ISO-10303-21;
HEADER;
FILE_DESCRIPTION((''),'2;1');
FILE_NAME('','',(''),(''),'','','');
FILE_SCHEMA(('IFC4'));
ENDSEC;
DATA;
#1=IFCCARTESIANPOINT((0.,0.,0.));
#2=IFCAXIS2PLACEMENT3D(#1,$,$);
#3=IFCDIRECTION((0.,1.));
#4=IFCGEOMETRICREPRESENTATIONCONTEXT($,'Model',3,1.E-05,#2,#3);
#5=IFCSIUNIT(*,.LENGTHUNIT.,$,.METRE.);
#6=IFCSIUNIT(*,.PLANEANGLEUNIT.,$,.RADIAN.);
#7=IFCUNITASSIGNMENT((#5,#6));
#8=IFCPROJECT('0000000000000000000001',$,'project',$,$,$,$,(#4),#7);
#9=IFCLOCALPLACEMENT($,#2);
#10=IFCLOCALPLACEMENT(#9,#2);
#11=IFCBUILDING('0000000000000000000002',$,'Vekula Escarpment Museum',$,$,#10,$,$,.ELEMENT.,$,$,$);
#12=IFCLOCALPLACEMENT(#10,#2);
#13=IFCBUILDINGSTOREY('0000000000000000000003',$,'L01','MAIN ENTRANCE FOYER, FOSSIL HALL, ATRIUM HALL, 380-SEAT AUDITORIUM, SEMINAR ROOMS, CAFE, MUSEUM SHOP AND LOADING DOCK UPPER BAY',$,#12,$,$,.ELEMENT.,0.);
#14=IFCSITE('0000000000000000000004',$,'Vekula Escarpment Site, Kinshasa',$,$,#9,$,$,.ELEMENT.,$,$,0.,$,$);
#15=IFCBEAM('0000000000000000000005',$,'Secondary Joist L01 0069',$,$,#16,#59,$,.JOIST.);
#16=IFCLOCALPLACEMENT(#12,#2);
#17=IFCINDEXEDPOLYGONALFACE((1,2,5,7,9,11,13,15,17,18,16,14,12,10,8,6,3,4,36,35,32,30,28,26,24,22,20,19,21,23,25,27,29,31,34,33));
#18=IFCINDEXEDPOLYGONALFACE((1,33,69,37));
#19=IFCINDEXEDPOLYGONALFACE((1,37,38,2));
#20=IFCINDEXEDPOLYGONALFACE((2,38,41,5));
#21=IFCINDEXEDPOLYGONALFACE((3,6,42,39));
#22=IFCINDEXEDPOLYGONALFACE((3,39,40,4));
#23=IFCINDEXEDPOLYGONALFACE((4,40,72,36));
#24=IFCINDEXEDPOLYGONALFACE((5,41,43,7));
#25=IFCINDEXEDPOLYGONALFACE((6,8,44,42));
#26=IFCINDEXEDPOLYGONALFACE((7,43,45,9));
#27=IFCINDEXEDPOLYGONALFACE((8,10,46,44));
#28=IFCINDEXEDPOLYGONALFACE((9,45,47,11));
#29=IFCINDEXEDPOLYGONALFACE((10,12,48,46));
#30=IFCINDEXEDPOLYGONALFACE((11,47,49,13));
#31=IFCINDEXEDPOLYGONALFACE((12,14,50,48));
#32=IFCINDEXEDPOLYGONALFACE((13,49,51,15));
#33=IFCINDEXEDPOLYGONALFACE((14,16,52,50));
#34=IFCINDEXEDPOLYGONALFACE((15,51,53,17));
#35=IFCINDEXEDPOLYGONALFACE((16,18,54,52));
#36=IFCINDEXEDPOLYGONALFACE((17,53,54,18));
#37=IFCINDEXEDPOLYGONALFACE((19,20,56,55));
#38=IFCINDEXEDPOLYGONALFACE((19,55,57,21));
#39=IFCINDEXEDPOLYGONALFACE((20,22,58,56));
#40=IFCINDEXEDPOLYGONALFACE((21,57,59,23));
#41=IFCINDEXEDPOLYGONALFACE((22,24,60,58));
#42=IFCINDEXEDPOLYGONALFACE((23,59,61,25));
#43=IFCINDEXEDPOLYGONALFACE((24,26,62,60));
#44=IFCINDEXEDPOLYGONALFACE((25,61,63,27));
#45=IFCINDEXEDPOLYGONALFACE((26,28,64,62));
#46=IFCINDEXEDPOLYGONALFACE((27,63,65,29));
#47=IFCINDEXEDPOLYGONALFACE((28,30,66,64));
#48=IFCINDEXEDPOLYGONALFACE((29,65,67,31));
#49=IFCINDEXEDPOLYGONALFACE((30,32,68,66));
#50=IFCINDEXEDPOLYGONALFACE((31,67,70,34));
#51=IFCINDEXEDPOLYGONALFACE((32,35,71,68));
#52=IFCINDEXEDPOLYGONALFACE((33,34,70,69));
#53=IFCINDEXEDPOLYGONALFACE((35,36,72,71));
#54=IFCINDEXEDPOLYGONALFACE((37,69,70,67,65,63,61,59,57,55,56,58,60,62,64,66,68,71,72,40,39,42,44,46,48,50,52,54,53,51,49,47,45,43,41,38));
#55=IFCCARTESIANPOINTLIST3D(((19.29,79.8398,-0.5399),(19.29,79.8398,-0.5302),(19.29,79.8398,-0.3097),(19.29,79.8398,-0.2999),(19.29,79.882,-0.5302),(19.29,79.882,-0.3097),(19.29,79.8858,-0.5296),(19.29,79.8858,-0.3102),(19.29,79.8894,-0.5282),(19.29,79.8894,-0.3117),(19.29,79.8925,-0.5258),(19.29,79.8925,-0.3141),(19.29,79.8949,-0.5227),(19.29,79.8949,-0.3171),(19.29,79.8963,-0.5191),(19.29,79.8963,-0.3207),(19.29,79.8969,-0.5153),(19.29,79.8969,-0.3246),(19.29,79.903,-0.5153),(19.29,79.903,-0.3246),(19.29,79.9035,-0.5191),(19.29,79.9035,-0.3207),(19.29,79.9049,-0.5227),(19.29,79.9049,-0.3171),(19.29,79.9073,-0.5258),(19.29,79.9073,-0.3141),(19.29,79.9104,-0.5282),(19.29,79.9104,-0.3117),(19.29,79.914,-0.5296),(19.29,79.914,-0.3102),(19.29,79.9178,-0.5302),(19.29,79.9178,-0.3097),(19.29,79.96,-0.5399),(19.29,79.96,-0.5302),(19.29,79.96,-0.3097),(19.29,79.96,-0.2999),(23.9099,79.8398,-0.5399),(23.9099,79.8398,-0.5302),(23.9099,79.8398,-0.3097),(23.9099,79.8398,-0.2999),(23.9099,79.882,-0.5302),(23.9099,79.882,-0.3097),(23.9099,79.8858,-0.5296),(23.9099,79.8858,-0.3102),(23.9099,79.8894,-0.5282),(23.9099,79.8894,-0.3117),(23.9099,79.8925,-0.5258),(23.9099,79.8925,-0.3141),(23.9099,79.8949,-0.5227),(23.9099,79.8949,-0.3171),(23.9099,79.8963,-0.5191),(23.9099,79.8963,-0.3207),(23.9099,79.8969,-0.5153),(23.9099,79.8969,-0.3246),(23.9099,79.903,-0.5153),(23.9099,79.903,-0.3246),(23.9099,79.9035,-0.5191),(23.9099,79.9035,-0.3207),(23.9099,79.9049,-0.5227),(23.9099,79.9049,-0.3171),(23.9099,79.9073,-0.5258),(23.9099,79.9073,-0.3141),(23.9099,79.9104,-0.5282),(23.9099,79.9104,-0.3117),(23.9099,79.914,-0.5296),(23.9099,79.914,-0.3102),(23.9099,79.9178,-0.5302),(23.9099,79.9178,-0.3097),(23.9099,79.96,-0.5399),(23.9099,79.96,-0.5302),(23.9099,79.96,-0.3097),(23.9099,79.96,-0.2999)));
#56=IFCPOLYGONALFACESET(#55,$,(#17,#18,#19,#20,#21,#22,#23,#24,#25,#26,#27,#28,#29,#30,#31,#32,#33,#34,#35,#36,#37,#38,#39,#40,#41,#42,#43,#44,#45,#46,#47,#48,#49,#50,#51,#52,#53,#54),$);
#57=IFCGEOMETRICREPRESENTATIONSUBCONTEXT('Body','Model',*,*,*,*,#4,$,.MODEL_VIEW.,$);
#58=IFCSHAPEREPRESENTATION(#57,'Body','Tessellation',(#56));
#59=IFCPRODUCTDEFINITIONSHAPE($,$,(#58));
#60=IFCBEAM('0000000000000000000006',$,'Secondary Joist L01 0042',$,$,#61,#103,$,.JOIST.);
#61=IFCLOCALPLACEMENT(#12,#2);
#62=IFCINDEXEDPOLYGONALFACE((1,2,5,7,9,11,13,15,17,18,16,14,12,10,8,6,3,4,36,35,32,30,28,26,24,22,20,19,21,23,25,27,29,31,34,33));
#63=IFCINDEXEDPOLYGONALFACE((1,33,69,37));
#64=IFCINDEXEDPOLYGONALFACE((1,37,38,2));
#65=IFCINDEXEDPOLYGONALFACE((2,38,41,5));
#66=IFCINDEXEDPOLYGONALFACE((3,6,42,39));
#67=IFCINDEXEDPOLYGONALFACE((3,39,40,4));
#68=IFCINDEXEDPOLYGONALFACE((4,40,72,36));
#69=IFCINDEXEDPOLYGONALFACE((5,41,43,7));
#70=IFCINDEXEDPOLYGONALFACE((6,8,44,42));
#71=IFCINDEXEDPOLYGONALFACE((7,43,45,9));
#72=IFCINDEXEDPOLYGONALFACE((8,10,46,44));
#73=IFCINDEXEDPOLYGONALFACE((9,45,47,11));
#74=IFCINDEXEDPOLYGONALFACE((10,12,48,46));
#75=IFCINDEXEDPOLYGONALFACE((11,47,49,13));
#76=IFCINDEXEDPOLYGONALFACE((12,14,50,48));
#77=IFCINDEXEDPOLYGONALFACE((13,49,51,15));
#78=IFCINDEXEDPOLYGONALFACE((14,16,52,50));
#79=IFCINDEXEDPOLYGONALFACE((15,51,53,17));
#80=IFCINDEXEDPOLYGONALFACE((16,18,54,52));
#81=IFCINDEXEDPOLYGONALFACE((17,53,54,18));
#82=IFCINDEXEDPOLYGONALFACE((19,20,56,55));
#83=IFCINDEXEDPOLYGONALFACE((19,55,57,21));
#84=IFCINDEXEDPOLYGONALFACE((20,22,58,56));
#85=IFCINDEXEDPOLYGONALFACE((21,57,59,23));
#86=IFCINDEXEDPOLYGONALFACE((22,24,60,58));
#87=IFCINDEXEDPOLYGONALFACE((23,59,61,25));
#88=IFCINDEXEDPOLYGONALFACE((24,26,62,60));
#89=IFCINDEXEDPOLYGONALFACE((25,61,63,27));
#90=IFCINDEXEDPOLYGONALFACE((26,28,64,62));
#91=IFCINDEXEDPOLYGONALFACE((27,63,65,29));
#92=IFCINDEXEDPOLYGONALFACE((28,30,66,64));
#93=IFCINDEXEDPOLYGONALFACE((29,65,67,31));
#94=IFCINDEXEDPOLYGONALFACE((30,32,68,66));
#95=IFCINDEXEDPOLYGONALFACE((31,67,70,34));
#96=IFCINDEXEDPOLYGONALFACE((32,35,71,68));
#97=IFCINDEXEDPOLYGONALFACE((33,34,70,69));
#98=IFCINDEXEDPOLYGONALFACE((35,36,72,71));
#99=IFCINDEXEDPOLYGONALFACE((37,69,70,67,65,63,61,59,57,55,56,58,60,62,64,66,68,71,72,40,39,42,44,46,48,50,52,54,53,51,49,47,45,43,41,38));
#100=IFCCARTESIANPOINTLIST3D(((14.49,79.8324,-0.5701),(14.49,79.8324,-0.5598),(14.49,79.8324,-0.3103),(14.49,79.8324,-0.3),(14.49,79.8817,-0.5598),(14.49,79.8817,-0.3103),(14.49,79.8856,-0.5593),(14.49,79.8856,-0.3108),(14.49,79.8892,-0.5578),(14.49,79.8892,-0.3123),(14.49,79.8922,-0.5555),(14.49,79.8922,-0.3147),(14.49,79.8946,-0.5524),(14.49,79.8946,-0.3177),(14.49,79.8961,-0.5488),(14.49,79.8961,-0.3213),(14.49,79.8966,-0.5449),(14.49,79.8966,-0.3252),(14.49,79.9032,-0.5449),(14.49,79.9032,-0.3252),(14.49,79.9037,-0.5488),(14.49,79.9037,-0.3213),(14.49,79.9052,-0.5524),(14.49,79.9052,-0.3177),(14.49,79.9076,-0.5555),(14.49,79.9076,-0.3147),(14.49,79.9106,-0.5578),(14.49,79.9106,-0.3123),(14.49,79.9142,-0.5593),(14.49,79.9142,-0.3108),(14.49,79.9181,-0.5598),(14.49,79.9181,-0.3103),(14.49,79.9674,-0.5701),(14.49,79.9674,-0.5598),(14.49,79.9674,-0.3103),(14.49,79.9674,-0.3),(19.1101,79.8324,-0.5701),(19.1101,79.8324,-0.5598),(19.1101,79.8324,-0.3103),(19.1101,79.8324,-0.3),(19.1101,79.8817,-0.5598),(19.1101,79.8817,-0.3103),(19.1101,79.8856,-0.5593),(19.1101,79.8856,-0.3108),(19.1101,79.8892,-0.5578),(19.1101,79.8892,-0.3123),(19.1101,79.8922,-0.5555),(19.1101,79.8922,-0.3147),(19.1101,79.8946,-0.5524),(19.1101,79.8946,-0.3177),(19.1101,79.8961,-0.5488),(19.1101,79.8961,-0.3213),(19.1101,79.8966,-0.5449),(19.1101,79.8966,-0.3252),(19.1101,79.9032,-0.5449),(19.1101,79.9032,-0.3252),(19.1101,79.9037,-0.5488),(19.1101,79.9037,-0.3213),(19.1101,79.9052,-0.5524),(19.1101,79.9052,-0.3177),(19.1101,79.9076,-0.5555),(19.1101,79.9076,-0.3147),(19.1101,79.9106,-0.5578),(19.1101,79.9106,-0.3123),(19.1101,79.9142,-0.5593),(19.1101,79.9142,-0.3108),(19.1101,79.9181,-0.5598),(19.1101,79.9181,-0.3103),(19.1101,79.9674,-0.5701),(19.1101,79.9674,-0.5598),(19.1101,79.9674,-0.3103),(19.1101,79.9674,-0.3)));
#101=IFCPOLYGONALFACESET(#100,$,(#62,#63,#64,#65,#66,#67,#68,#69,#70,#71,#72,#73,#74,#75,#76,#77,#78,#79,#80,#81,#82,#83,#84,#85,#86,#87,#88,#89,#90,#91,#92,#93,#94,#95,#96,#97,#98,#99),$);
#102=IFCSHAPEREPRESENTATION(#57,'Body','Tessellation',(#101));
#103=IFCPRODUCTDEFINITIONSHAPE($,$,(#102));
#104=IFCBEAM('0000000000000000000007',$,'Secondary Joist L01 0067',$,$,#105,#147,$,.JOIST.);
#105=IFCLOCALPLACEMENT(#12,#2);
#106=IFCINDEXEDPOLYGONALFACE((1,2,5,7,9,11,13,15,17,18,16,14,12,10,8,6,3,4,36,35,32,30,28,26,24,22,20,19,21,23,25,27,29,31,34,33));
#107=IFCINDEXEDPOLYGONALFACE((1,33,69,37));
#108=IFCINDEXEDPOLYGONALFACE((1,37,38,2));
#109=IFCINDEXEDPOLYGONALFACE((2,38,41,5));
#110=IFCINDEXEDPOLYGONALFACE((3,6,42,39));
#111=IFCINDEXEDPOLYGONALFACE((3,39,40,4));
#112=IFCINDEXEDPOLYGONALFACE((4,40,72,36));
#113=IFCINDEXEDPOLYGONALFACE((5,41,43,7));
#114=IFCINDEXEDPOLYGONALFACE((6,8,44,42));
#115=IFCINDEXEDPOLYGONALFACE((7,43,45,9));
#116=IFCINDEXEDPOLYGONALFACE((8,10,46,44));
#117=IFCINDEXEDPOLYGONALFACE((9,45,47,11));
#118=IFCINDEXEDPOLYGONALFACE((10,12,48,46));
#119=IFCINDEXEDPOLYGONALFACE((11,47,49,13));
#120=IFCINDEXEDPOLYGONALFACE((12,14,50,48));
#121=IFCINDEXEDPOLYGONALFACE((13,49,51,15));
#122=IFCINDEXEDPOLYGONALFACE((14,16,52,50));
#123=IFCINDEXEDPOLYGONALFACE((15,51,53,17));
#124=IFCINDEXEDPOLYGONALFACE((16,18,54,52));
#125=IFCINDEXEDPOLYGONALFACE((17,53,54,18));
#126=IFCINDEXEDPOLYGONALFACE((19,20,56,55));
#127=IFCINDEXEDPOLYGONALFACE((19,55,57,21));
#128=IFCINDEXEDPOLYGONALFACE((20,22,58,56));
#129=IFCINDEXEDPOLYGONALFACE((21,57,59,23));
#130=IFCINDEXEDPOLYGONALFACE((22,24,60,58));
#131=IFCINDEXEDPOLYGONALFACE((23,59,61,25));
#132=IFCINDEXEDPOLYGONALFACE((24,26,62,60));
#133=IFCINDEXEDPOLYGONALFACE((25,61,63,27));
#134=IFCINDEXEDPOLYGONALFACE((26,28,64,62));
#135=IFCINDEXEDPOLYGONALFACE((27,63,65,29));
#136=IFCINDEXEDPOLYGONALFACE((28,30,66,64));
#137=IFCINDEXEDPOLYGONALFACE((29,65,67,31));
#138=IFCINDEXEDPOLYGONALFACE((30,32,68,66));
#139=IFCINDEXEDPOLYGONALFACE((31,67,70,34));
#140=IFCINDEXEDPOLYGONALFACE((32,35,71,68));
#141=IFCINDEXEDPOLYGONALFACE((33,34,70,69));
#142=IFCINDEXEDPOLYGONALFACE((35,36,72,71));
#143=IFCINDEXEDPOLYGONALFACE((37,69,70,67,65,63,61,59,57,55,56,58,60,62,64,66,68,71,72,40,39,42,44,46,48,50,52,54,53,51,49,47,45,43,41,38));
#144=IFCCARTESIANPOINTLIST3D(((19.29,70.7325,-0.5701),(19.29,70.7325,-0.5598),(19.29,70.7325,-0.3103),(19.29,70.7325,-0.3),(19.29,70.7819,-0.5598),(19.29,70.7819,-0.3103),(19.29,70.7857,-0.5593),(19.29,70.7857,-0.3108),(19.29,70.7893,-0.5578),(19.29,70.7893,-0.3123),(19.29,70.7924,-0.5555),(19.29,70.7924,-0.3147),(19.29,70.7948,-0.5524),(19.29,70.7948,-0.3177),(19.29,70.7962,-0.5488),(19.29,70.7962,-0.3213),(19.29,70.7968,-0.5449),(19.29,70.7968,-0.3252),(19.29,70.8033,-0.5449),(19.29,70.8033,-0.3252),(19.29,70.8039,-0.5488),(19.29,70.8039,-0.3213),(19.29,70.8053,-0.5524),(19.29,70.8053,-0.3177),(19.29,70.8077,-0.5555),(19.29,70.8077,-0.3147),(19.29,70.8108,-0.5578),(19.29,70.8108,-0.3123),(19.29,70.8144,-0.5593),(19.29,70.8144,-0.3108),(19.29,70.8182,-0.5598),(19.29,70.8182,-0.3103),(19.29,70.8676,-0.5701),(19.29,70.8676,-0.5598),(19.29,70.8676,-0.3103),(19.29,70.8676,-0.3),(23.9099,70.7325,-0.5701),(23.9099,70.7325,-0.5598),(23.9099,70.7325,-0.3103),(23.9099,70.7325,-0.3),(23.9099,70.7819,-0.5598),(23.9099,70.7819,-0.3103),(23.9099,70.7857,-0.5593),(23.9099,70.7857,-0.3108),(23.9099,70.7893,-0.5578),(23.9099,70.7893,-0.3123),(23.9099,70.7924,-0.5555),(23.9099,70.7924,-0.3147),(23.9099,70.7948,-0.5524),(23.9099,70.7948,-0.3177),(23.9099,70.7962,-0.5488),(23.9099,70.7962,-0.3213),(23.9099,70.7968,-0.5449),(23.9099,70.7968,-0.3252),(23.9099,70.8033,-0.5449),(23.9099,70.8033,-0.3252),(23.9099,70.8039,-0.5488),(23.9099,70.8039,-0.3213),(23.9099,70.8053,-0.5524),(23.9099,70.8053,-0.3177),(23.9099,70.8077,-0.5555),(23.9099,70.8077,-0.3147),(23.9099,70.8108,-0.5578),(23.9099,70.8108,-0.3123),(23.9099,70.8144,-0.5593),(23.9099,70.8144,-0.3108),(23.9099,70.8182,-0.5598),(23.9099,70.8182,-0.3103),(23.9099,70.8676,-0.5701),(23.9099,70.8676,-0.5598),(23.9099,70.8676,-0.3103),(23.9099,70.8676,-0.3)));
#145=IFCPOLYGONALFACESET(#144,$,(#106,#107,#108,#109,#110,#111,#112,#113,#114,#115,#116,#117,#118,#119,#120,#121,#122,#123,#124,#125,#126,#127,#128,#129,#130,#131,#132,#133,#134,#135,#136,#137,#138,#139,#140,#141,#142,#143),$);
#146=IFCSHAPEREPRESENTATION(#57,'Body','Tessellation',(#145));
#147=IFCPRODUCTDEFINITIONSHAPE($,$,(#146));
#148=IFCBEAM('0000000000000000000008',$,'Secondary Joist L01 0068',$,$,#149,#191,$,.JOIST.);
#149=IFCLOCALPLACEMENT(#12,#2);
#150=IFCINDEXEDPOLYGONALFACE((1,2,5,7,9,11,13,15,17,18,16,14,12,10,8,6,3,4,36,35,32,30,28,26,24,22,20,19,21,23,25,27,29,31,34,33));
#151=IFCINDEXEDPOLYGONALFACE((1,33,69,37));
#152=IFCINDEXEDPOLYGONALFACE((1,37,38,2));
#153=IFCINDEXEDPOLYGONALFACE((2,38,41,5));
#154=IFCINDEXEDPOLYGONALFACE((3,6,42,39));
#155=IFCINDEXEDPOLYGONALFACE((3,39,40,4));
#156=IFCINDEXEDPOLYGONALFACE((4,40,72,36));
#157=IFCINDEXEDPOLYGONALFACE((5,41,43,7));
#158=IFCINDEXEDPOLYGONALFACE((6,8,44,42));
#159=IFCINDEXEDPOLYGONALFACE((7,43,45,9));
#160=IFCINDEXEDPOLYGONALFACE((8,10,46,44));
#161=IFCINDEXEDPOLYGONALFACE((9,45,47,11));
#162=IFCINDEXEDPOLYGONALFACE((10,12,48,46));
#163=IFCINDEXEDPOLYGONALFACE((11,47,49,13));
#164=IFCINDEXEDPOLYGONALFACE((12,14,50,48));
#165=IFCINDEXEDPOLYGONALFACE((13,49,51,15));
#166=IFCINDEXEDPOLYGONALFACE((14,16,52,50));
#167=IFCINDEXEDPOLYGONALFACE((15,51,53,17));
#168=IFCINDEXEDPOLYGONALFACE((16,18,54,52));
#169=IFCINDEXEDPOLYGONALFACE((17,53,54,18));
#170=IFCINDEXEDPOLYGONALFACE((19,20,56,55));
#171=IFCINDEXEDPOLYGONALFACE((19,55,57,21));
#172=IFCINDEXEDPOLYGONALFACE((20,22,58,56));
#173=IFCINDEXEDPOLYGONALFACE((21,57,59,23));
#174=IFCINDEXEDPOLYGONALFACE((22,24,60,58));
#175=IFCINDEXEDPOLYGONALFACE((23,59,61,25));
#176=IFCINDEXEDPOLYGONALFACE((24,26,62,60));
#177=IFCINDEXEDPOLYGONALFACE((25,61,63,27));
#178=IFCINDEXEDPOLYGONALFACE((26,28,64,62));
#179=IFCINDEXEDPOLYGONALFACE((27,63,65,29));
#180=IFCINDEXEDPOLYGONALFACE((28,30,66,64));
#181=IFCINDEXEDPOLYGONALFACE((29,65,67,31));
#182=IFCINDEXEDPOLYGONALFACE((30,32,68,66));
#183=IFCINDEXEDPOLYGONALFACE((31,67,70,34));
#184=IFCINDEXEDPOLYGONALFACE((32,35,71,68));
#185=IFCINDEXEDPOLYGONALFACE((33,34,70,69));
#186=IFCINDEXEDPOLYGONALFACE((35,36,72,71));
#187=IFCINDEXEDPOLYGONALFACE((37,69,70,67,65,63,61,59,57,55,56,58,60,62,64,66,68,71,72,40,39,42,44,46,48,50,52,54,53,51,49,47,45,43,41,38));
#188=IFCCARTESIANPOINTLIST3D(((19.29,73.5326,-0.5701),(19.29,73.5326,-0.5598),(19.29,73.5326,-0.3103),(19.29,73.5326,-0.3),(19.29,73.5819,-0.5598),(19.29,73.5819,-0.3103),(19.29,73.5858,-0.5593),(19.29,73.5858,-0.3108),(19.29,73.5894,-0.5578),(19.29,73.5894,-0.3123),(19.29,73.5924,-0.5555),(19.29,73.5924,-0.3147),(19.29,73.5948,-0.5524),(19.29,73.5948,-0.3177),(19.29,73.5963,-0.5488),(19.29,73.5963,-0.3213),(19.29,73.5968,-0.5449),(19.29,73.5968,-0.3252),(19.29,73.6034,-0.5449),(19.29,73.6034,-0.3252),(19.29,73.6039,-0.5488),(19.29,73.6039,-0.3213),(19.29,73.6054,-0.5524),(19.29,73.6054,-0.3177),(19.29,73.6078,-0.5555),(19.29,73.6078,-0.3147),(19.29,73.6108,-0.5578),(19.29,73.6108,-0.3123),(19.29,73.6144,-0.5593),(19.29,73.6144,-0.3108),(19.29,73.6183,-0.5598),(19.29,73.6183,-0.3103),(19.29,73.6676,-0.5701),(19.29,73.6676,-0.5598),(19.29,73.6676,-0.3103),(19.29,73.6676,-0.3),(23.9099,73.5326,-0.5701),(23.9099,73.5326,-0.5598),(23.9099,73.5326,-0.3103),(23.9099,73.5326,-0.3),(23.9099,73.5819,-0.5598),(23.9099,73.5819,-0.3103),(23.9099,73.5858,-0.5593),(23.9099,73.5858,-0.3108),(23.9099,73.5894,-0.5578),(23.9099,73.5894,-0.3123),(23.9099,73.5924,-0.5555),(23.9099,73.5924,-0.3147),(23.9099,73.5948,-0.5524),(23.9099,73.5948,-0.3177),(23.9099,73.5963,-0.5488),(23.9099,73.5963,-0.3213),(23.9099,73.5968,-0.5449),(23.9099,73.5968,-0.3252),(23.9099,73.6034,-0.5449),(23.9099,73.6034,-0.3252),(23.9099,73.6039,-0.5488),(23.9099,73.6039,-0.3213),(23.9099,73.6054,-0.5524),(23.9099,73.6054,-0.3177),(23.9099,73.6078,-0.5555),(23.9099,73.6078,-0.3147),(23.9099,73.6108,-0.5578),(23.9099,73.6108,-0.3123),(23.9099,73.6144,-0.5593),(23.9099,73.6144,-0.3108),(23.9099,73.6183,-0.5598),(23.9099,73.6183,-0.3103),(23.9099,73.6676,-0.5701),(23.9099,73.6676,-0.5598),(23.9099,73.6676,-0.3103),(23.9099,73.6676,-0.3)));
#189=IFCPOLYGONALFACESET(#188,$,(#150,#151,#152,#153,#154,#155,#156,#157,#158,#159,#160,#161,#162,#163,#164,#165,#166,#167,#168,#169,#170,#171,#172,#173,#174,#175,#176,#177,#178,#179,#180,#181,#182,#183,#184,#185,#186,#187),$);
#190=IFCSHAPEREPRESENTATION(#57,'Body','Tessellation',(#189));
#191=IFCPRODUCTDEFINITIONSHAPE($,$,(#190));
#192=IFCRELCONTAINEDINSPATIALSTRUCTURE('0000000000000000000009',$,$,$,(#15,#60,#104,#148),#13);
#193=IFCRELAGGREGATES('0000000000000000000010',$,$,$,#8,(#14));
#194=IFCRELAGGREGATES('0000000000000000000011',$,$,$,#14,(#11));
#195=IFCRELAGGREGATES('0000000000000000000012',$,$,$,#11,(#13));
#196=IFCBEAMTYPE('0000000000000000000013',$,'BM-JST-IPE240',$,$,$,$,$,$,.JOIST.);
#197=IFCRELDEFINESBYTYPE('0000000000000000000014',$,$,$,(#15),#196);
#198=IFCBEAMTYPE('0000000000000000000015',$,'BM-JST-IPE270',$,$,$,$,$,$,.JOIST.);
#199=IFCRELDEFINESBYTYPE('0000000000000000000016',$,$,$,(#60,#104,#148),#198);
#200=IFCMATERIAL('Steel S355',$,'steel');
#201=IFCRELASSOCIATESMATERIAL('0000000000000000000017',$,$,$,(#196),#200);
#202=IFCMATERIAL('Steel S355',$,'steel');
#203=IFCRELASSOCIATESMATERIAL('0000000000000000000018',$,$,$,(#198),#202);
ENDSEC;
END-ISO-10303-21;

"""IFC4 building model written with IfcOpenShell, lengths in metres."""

from ifc_helpers import new_model, si_unit, direction, frame, origin, origin_2d, place, context, subcontext, project, spatial, i_section, extrude, material, material_profile, profile_set, type_object, element, save


model = new_model("IFC4")

# Units and contexts
model_context = context("Model", 3, precision=1e-05, world=origin(), true_north=direction((0.0, 1.0)))
body_context = subcontext(model_context, "Body", "Model", "MODEL_VIEW")
ifc_project = project(units=[si_unit("LENGTHUNIT", "METRE"), si_unit("PLANEANGLEUNIT", "RADIAN")], contexts=[model_context])

# Site, building, storey
site_placement = place(None, origin())
site = spatial("IfcSite", under=ifc_project, at=site_placement, Name="Vekula Escarpment Site, Kinshasa", CompositionType="ELEMENT", RefElevation=0.0)
building_placement = place(site_placement, origin())
building = spatial("IfcBuilding", under=site, at=building_placement, Name="Vekula Escarpment Museum", CompositionType="ELEMENT")
storey_placement = place(building_placement, origin())
storey = spatial("IfcBuildingStorey", under=building, at=storey_placement, Name="L01", Description="MAIN ENTRANCE FOYER, FOSSIL HALL, ATRIUM HALL, 380-SEAT AUDITORIUM, SEMINAR ROOMS, CAFE, MUSEUM SHOP AND LOADING DOCK UPPER BAY", CompositionType="ELEMENT", Elevation=0.0)

# Beams
ifc_material_1 = material(Name="Steel S355", Category="steel")
ifc_material_profile_1 = material_profile(ifc_material_1, i_section(OverallWidth=0.1201, OverallDepth=0.24, WebThickness=0.0061, FlangeThickness=0.0098, FilletRadius=0.0149, at=origin_2d()), Name="IPE 240")
ifc_profile_set_1 = profile_set([ifc_material_profile_1], Name="Steel S355")
beam_type_1 = type_object("IfcBeamType", Name="BM-JST-IPE240", PredefinedType="JOIST", material=ifc_profile_set_1)
beam_1_placement = place(storey_placement, frame((19.29, 79.8999, -0.4199), z_axis=(1.0, 0.0, 0.0), x_axis=(0.0, 1.0, 0.0)))
element("IfcBeam", 1, at=beam_1_placement, inside=storey, type_object=beam_type_1, Name="Secondary Joist L01 0069", PredefinedType="JOIST", context=body_context, shape_type="SweptSolid", body=[
    extrude(i_section(OverallWidth=0.1201, OverallDepth=0.24, WebThickness=0.0061, FlangeThickness=0.0098, FilletRadius=0.0149, at=origin_2d()), origin(), (0.0, 0.0, 1.0), 4.6199),
])
ifc_material_2 = material(Name="Steel S355", Category="steel")
ifc_material_profile_2 = material_profile(ifc_material_2, i_section(OverallWidth=0.135, OverallDepth=0.27, WebThickness=0.0066, FlangeThickness=0.0103, FilletRadius=0.0149, at=origin_2d()), Name="IPE 270")
ifc_profile_set_2 = profile_set([ifc_material_profile_2], Name="Steel S355")
beam_type_2 = type_object("IfcBeamType", Name="BM-JST-IPE270", PredefinedType="JOIST", material=ifc_profile_set_2)
beam_2_placement = place(storey_placement, frame((14.49, 79.8999, -0.4351), z_axis=(1.0, 0.0, 0.0), x_axis=(0.0, 1.0, 0.0)))
element("IfcBeam", 2, at=beam_2_placement, inside=storey, type_object=beam_type_2, Name="Secondary Joist L01 0042", PredefinedType="JOIST", context=body_context, shape_type="SweptSolid", body=[
    extrude(i_section(OverallWidth=0.135, OverallDepth=0.27, WebThickness=0.0066, FlangeThickness=0.0103, FilletRadius=0.0149, at=origin_2d()), origin(), (0.0, 0.0, 1.0), 4.6201),
])
for number, where, z_axis, x_axis, name in (
    (3, (19.29, 70.8, -0.4351), (1.0, 0.0, 0.0), (0.0, 1.0, 0.0), "Secondary Joist L01 0067"),
    (4, (19.29, 73.6001, -0.4351), (1.0, 0.0, 0.0), (0.0, 1.0, 0.0), "Secondary Joist L01 0068"),
):
    element("IfcBeam", number, at=place(storey_placement, frame(where, z_axis=z_axis, x_axis=x_axis)), inside=storey, type_object=beam_type_2, Name=name, PredefinedType="JOIST", context=body_context, shape_type="SweptSolid", body=[
        extrude(i_section(OverallWidth=0.135, OverallDepth=0.27, WebThickness=0.0066, FlangeThickness=0.0103, FilletRadius=0.0149, at=origin_2d()), origin(), (0.0, 0.0, 1.0), 4.6199),
    ])

save(model, "model.ifc")
